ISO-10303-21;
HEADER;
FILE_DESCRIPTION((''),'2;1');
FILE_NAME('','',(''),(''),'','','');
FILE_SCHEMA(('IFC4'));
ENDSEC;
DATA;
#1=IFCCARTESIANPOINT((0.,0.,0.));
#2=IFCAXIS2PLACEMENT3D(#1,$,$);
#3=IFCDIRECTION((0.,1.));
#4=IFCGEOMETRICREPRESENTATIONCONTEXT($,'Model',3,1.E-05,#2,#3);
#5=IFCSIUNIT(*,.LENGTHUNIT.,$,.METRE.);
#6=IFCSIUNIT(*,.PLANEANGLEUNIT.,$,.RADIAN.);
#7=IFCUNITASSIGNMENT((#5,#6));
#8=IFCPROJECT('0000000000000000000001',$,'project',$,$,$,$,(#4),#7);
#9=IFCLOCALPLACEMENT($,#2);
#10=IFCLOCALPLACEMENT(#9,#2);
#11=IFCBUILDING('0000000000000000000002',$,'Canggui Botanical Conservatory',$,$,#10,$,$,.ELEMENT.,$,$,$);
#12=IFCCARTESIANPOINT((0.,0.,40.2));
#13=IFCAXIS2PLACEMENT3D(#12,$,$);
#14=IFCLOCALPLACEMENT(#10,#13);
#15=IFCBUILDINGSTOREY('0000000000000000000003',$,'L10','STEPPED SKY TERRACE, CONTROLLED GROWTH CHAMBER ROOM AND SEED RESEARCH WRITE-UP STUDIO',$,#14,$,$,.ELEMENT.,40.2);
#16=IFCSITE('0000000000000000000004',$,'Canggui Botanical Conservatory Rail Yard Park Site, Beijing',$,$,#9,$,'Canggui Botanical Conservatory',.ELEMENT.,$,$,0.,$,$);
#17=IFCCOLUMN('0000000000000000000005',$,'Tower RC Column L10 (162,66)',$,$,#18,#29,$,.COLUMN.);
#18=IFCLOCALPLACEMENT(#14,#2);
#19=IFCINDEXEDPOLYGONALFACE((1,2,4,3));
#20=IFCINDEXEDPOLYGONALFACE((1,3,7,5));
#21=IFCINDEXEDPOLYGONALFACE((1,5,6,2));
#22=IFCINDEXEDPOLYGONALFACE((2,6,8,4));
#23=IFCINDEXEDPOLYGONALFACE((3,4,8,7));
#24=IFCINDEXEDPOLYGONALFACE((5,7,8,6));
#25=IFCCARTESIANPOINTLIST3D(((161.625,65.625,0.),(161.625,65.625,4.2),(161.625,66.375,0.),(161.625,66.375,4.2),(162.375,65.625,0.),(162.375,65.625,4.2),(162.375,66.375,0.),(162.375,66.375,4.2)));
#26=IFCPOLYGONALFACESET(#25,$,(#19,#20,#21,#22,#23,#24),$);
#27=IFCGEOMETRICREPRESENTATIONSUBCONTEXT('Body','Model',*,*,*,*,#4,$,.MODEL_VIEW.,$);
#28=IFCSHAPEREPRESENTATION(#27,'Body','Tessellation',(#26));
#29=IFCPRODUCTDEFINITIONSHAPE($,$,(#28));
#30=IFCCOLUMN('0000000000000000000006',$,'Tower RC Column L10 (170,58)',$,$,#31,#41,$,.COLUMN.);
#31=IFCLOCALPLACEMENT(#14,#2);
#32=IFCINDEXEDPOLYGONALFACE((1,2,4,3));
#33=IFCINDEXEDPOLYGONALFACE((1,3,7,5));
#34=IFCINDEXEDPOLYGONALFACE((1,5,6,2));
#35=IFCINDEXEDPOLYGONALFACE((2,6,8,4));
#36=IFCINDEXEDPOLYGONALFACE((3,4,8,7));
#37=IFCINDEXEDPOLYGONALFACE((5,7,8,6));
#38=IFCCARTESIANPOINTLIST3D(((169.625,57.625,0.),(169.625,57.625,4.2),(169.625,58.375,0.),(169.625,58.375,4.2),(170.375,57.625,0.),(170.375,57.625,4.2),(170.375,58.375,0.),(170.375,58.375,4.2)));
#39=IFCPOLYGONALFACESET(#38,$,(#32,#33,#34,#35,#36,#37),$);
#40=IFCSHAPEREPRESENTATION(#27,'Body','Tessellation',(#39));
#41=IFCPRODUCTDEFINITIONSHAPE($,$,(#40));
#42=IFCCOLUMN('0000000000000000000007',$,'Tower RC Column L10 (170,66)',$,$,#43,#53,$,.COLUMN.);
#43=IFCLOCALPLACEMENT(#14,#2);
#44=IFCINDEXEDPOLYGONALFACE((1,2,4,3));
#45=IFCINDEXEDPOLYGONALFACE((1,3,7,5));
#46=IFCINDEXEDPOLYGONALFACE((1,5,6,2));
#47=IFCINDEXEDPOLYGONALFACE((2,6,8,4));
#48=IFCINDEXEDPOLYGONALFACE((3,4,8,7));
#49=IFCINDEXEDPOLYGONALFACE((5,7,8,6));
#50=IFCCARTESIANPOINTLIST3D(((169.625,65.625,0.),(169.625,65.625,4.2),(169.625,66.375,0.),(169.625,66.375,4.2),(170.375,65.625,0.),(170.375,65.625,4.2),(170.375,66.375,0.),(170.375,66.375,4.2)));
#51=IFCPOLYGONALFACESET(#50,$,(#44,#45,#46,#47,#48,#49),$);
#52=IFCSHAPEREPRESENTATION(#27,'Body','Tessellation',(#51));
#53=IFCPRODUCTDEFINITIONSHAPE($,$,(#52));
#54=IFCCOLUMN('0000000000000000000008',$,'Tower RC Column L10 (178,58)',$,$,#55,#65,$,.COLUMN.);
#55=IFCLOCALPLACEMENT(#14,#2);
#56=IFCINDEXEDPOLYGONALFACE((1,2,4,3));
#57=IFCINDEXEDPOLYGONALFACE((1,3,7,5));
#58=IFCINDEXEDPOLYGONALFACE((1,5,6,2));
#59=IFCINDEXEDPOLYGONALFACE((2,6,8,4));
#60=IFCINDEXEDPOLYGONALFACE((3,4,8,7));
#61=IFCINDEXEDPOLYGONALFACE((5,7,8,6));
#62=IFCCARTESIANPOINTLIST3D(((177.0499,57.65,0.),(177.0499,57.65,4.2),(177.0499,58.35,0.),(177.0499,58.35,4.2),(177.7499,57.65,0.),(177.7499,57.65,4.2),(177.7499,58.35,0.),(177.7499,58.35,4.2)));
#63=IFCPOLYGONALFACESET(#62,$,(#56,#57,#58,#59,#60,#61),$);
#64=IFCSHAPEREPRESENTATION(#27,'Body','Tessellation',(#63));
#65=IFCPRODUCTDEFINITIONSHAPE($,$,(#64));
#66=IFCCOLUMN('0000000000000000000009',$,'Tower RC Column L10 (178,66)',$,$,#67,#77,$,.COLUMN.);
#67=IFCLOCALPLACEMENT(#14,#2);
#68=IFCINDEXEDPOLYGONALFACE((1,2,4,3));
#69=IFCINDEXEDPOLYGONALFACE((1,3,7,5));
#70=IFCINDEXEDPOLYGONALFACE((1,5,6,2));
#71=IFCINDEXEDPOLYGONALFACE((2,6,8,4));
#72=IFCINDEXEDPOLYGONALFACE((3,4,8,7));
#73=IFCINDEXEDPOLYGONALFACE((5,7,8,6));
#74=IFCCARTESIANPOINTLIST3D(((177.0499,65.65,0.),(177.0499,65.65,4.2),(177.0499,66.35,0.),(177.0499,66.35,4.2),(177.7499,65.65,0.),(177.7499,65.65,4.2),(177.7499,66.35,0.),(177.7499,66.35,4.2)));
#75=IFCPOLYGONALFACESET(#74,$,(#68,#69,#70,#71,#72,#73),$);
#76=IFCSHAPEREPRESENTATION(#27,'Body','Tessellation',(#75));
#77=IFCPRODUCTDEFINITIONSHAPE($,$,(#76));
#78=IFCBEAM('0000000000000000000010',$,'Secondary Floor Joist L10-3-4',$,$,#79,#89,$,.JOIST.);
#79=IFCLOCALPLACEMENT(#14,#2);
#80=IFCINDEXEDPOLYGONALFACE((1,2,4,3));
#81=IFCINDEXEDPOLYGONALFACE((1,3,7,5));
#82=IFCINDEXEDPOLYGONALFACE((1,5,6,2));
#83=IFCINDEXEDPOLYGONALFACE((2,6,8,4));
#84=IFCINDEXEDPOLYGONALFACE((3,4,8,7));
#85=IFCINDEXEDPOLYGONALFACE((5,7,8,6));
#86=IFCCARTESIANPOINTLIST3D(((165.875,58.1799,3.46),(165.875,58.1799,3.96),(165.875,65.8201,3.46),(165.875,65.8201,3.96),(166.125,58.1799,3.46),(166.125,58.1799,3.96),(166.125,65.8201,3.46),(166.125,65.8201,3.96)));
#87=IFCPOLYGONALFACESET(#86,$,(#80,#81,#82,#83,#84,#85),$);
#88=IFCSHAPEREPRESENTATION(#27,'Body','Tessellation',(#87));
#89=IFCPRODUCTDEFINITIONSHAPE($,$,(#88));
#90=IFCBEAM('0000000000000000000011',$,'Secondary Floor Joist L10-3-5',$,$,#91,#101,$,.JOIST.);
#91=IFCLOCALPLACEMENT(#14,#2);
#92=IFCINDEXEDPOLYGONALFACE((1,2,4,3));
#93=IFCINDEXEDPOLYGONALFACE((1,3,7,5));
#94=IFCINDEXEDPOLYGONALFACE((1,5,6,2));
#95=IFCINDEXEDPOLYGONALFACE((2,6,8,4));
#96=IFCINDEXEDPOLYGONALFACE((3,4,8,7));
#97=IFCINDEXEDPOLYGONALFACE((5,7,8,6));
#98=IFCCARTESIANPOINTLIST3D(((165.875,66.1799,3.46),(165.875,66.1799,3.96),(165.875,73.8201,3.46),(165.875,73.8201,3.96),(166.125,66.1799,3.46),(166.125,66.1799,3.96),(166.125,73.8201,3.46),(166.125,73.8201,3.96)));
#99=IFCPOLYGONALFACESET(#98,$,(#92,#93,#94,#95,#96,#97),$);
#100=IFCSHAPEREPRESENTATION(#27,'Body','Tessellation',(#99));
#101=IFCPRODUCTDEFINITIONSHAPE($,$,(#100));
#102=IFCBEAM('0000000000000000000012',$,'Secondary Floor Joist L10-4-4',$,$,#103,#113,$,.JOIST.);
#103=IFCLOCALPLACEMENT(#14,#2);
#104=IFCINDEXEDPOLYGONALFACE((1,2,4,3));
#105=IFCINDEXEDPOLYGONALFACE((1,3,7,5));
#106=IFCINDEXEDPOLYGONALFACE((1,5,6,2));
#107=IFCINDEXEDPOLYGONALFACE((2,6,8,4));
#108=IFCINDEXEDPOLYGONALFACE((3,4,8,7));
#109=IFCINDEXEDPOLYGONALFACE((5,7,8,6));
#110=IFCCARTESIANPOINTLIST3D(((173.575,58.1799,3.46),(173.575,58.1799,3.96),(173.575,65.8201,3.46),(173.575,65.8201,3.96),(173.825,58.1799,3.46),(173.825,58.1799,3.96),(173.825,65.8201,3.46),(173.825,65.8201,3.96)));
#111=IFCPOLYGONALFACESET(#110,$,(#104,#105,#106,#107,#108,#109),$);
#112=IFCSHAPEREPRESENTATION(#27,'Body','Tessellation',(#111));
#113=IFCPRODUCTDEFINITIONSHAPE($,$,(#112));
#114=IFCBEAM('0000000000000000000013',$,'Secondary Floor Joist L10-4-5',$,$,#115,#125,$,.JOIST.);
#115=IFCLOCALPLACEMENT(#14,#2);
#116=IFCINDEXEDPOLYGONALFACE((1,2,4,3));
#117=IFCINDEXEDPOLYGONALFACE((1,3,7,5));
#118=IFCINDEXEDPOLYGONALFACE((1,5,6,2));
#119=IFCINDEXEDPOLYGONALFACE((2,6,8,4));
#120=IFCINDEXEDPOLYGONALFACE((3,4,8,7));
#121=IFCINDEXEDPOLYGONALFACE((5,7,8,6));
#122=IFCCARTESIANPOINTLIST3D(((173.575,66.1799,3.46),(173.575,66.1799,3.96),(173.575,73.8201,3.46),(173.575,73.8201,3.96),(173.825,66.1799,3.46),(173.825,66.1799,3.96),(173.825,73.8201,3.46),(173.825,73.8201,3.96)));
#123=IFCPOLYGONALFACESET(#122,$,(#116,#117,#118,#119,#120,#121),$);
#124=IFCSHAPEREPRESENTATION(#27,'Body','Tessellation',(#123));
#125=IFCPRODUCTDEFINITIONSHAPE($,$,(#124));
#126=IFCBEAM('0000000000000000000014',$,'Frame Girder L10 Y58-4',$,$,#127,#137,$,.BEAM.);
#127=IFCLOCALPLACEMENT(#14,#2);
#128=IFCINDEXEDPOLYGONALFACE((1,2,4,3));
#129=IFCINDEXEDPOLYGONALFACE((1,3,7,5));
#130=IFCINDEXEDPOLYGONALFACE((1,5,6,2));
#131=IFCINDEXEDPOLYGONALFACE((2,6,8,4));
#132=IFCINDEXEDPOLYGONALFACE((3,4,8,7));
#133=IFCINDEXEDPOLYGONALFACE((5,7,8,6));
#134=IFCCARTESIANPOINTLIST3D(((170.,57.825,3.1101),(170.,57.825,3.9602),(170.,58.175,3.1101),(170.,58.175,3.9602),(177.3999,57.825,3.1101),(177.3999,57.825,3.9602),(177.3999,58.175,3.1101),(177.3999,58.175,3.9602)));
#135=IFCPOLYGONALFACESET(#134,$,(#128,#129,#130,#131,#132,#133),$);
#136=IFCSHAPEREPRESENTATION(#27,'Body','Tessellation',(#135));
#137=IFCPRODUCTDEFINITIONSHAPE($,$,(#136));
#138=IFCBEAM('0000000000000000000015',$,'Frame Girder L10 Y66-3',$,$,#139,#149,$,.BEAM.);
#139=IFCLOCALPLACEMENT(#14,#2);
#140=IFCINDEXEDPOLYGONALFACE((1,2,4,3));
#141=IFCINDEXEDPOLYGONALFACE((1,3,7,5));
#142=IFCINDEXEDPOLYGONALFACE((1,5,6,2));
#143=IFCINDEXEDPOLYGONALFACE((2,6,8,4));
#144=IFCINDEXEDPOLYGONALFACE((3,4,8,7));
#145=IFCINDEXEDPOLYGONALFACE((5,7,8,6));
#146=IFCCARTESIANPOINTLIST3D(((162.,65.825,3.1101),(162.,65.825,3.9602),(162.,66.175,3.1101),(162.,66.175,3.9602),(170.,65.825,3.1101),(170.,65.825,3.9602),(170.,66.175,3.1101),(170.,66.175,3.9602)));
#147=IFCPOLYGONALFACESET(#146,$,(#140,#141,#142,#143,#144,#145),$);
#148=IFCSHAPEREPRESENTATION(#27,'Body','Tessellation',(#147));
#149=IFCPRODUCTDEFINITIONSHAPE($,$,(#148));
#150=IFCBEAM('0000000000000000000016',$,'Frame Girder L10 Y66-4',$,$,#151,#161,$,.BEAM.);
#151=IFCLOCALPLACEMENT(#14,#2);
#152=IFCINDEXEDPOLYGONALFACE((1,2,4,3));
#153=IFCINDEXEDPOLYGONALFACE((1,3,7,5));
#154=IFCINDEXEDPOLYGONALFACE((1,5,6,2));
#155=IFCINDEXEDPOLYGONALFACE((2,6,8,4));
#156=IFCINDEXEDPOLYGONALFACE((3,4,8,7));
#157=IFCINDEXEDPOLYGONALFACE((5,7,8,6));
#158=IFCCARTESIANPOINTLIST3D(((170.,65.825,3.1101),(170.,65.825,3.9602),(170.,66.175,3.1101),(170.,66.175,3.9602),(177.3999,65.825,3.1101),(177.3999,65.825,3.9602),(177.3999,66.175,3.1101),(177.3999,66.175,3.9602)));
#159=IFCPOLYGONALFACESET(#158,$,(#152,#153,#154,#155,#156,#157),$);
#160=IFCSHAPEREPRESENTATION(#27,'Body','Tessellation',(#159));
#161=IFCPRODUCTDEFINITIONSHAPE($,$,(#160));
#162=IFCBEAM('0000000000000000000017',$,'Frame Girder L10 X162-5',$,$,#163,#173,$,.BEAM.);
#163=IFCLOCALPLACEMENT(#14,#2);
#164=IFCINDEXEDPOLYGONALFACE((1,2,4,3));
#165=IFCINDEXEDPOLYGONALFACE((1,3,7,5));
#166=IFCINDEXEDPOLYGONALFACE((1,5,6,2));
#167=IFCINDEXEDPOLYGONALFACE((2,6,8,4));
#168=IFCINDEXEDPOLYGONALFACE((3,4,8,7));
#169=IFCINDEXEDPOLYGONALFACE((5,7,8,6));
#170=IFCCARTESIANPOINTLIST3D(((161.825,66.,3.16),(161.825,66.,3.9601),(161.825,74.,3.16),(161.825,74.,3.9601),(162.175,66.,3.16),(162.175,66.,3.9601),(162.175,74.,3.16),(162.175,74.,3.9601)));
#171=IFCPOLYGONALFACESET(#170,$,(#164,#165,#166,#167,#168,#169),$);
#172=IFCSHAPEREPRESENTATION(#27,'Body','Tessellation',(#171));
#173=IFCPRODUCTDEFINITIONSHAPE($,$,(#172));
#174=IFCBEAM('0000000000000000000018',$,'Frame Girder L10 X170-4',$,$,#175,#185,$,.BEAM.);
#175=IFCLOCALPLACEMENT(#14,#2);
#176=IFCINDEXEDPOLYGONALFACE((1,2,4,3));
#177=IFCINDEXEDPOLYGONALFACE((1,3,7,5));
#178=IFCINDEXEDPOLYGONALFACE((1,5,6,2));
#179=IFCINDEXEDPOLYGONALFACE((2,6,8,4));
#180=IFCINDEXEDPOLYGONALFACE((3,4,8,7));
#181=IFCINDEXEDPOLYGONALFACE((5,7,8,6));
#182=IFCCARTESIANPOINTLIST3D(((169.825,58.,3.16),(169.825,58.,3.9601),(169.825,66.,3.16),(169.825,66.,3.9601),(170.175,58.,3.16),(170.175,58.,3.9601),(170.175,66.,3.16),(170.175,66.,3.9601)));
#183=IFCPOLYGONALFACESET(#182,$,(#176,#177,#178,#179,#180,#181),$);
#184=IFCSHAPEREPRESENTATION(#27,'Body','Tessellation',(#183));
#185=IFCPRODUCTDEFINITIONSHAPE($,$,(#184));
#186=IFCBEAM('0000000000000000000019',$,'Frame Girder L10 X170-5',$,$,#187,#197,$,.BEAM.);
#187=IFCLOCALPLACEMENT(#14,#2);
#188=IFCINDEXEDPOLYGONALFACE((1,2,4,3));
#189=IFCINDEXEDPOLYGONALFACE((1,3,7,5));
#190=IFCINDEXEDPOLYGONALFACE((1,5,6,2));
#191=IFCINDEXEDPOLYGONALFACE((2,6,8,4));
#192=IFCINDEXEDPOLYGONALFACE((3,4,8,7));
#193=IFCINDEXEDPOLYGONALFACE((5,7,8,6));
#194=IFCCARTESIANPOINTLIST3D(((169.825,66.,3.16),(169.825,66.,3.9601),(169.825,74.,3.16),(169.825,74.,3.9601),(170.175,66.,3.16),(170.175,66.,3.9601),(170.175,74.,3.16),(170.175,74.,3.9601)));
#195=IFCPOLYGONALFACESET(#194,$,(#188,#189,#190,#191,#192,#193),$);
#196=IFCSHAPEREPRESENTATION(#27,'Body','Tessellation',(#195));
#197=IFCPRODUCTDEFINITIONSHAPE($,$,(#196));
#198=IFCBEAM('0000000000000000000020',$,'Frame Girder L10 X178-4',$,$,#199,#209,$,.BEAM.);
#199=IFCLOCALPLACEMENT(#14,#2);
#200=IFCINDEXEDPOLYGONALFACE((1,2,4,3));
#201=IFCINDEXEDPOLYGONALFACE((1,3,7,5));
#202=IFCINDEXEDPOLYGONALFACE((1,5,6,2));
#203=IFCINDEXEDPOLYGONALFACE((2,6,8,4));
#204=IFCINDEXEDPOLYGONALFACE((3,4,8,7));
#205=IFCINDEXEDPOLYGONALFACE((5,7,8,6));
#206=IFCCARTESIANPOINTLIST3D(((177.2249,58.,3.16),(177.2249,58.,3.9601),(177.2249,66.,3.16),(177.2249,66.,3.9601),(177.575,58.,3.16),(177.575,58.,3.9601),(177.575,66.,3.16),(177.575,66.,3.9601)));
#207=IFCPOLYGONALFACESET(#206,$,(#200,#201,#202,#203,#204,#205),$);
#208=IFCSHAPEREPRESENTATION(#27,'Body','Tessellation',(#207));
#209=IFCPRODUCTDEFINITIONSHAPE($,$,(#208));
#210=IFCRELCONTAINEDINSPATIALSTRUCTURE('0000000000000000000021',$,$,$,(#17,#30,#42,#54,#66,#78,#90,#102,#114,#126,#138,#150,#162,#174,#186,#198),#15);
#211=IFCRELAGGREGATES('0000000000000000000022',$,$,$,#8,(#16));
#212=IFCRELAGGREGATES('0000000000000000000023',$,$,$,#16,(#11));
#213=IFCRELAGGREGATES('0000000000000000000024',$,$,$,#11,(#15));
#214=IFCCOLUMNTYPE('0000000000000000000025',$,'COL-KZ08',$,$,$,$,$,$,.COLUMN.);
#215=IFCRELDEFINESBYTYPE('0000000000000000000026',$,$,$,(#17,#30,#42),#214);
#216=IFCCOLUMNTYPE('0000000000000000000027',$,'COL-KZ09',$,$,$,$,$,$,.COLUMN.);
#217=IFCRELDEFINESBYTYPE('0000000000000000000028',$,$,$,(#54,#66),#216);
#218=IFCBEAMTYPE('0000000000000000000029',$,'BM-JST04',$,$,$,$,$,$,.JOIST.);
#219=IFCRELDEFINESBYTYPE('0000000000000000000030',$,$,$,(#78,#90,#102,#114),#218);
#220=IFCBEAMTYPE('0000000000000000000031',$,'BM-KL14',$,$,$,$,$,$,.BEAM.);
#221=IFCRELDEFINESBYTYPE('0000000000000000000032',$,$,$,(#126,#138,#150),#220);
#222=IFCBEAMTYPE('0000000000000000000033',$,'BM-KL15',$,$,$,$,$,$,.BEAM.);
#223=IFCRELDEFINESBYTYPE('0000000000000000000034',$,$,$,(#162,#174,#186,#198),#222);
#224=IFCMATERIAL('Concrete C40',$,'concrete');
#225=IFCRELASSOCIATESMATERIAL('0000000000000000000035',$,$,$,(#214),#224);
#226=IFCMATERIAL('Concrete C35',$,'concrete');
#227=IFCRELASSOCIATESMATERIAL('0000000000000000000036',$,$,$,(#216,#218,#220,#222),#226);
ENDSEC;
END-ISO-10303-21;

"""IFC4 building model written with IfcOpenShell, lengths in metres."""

from ifc_helpers import new_model, si_unit, direction, frame, origin, origin_2d, place, context, subcontext, project, spatial, rectangle, extrude, material, material_profile, profile_set, type_object, element, save


model = new_model("IFC4")

# Units and contexts
model_context = context("Model", 3, precision=1e-05, world=origin(), true_north=direction((0.0, 1.0)))
body_context = subcontext(model_context, "Body", "Model", "MODEL_VIEW")
ifc_project = project(units=[si_unit("LENGTHUNIT", "METRE"), si_unit("PLANEANGLEUNIT", "RADIAN")], contexts=[model_context])

# Site, building, storey
site_placement = place(None, origin())
site = spatial("IfcSite", under=ifc_project, at=site_placement, Name="Canggui Botanical Conservatory Rail Yard Park Site, Beijing", LongName="Canggui Botanical Conservatory", CompositionType="ELEMENT", RefElevation=0.0)
building_placement = place(site_placement, origin())
building = spatial("IfcBuilding", under=site, at=building_placement, Name="Canggui Botanical Conservatory", CompositionType="ELEMENT")
storey_placement = place(building_placement, frame((0.0, 0.0, 40.2)))
storey = spatial("IfcBuildingStorey", under=building, at=storey_placement, Name="L10", Description="STEPPED SKY TERRACE, CONTROLLED GROWTH CHAMBER ROOM AND SEED RESEARCH WRITE-UP STUDIO", CompositionType="ELEMENT", Elevation=40.2)

# Columns
ifc_material_1 = material(Name="Concrete C40", Category="concrete")
ifc_material_profile_1 = material_profile(ifc_material_1, rectangle(XDim=0.75, YDim=0.75, at=origin_2d()), Name="RC 750x750")
ifc_profile_set_1 = profile_set([ifc_material_profile_1], Name="Concrete C40")
column_type_1 = type_object("IfcColumnType", Name="COL-KZ08", PredefinedType="COLUMN", material=ifc_profile_set_1)
for number, where, z_axis, x_axis, name in (
    (1, (162.0, 66.0, 0.0), (0.0, 0.0, 1.0), (1.0, 0.0, 0.0), "Tower RC Column L10 (162,66)"),
    (2, (170.0, 58.0, 0.0), (0.0, 0.0, 1.0), (1.0, 0.0, 0.0), "Tower RC Column L10 (170,58)"),
    (3, (170.0, 66.0, 0.0), (0.0, 0.0, 1.0), (1.0, 0.0, 0.0), "Tower RC Column L10 (170,66)"),
):
    element("IfcColumn", number, at=place(storey_placement, frame(where, z_axis=z_axis, x_axis=x_axis)), inside=storey, type_object=column_type_1, Name=name, PredefinedType="COLUMN", context=body_context, shape_type="SweptSolid", body=[
        extrude(rectangle(XDim=0.75, YDim=0.75, at=origin_2d()), origin(), (0.0, 0.0, 1.0), 4.2),
    ])
ifc_material_2 = material(Name="Concrete C35", Category="concrete")
ifc_material_profile_2 = material_profile(ifc_material_2, rectangle(XDim=0.7, YDim=0.7, at=origin_2d()), Name="RC 700x700")
ifc_profile_set_2 = profile_set([ifc_material_profile_2], Name="Concrete C35")
column_type_2 = type_object("IfcColumnType", Name="COL-KZ09", PredefinedType="COLUMN", material=ifc_profile_set_2)
for number, where, z_axis, x_axis, name in (
    (4, (177.3999, 58.0, 0.0), (0.0, 0.0, 1.0), (1.0, 0.0, 0.0), "Tower RC Column L10 (178,58)"),
    (5, (177.3999, 66.0, 0.0), (0.0, 0.0, 1.0), (1.0, 0.0, 0.0), "Tower RC Column L10 (178,66)"),
):
    element("IfcColumn", number, at=place(storey_placement, frame(where, z_axis=z_axis, x_axis=x_axis)), inside=storey, type_object=column_type_2, Name=name, PredefinedType="COLUMN", context=body_context, shape_type="SweptSolid", body=[
        extrude(rectangle(XDim=0.7, YDim=0.7, at=origin_2d()), origin(), (0.0, 0.0, 1.0), 4.2),
    ])

# Beams
ifc_material_profile_3 = material_profile(ifc_material_2, rectangle(XDim=0.25, YDim=0.5, at=origin_2d()), Name="RB 250x500")
ifc_profile_set_3 = profile_set([ifc_material_profile_3], Name="Concrete C35")
beam_type_1 = type_object("IfcBeamType", Name="BM-JST04", PredefinedType="JOIST", material=ifc_profile_set_3)
for number, where, z_axis, x_axis, name in (
    (6, (166.0, 58.1799, 3.71), (0.0, 1.0, 0.0), (-1.0, 0.0, 0.0), "Secondary Floor Joist L10-3-4"),
    (7, (166.0, 66.1799, 3.71), (0.0, 1.0, 0.0), (-1.0, 0.0, 0.0), "Secondary Floor Joist L10-3-5"),
    (8, (173.7, 58.1799, 3.71), (0.0, 1.0, 0.0), (-1.0, 0.0, 0.0), "Secondary Floor Joist L10-4-4"),
    (9, (173.7, 66.1799, 3.71), (0.0, 1.0, 0.0), (-1.0, 0.0, 0.0), "Secondary Floor Joist L10-4-5"),
):
    element("IfcBeam", number, at=place(storey_placement, frame(where, z_axis=z_axis, x_axis=x_axis)), inside=storey, type_object=beam_type_1, Name=name, PredefinedType="JOIST", context=body_context, shape_type="SweptSolid", body=[
        extrude(rectangle(XDim=0.25, YDim=0.5, at=origin_2d()), origin(), (0.0, 0.0, 1.0), 7.6401),
    ])
ifc_material_profile_4 = material_profile(ifc_material_2, rectangle(XDim=0.3501, YDim=0.8501, at=origin_2d()), Name="RB 350x850")
ifc_profile_set_4 = profile_set([ifc_material_profile_4], Name="Concrete C35")
beam_type_2 = type_object("IfcBeamType", Name="BM-KL14", PredefinedType="BEAM", material=ifc_profile_set_4)
beam_1_placement = place(storey_placement, frame((170.0, 58.0, 3.5352), z_axis=(1.0, 0.0, 0.0), x_axis=(0.0, 1.0, 0.0)))
element("IfcBeam", 10, at=beam_1_placement, inside=storey, type_object=beam_type_2, Name="Frame Girder L10 Y58-4", PredefinedType="BEAM", context=body_context, shape_type="SweptSolid", body=[
    extrude(rectangle(XDim=0.3501, YDim=0.8501, at=origin_2d()), origin(), (0.0, 0.0, 1.0), 7.3999),
])
beam_2_placement = place(storey_placement, frame((162.0, 66.0, 3.5352), z_axis=(1.0, 0.0, 0.0), x_axis=(0.0, 1.0, 0.0)))
element("IfcBeam", 11, at=beam_2_placement, inside=storey, type_object=beam_type_2, Name="Frame Girder L10 Y66-3", PredefinedType="BEAM", context=body_context, shape_type="SweptSolid", body=[
    extrude(rectangle(XDim=0.3501, YDim=0.8501, at=origin_2d()), origin(), (0.0, 0.0, 1.0), 8.0),
])
beam_3_placement = place(storey_placement, frame((170.0, 66.0, 3.5352), z_axis=(1.0, 0.0, 0.0), x_axis=(0.0, 1.0, 0.0)))
element("IfcBeam", 12, at=beam_3_placement, inside=storey, type_object=beam_type_2, Name="Frame Girder L10 Y66-4", PredefinedType="BEAM", context=body_context, shape_type="SweptSolid", body=[
    extrude(rectangle(XDim=0.3501, YDim=0.8501, at=origin_2d()), origin(), (0.0, 0.0, 1.0), 7.3999),
])
ifc_material_profile_5 = material_profile(ifc_material_2, rectangle(XDim=0.3501, YDim=0.8, at=origin_2d()), Name="RB 350x800")
ifc_profile_set_5 = profile_set([ifc_material_profile_5], Name="Concrete C35")
beam_type_3 = type_object("IfcBeamType", Name="BM-KL15", PredefinedType="BEAM", material=ifc_profile_set_5)
for number, where, z_axis, x_axis, name in (
    (13, (162.0, 66.0, 3.5601), (0.0, 1.0, 0.0), (-1.0, 0.0, 0.0), "Frame Girder L10 X162-5"),
    (14, (170.0, 58.0, 3.5601), (0.0, 1.0, 0.0), (-1.0, 0.0, 0.0), "Frame Girder L10 X170-4"),
    (15, (170.0, 66.0, 3.5601), (0.0, 1.0, 0.0), (-1.0, 0.0, 0.0), "Frame Girder L10 X170-5"),
    (16, (177.3999, 58.0, 3.5601), (0.0, 1.0, 0.0), (-1.0, 0.0, 0.0), "Frame Girder L10 X178-4"),
):
    element("IfcBeam", number, at=place(storey_placement, frame(where, z_axis=z_axis, x_axis=x_axis)), inside=storey, type_object=beam_type_3, Name=name, PredefinedType="BEAM", context=body_context, shape_type="SweptSolid", body=[
        extrude(rectangle(XDim=0.3501, YDim=0.8, at=origin_2d()), origin(), (0.0, 0.0, 1.0), 8.0),
    ])

save(model, "model.ifc")
